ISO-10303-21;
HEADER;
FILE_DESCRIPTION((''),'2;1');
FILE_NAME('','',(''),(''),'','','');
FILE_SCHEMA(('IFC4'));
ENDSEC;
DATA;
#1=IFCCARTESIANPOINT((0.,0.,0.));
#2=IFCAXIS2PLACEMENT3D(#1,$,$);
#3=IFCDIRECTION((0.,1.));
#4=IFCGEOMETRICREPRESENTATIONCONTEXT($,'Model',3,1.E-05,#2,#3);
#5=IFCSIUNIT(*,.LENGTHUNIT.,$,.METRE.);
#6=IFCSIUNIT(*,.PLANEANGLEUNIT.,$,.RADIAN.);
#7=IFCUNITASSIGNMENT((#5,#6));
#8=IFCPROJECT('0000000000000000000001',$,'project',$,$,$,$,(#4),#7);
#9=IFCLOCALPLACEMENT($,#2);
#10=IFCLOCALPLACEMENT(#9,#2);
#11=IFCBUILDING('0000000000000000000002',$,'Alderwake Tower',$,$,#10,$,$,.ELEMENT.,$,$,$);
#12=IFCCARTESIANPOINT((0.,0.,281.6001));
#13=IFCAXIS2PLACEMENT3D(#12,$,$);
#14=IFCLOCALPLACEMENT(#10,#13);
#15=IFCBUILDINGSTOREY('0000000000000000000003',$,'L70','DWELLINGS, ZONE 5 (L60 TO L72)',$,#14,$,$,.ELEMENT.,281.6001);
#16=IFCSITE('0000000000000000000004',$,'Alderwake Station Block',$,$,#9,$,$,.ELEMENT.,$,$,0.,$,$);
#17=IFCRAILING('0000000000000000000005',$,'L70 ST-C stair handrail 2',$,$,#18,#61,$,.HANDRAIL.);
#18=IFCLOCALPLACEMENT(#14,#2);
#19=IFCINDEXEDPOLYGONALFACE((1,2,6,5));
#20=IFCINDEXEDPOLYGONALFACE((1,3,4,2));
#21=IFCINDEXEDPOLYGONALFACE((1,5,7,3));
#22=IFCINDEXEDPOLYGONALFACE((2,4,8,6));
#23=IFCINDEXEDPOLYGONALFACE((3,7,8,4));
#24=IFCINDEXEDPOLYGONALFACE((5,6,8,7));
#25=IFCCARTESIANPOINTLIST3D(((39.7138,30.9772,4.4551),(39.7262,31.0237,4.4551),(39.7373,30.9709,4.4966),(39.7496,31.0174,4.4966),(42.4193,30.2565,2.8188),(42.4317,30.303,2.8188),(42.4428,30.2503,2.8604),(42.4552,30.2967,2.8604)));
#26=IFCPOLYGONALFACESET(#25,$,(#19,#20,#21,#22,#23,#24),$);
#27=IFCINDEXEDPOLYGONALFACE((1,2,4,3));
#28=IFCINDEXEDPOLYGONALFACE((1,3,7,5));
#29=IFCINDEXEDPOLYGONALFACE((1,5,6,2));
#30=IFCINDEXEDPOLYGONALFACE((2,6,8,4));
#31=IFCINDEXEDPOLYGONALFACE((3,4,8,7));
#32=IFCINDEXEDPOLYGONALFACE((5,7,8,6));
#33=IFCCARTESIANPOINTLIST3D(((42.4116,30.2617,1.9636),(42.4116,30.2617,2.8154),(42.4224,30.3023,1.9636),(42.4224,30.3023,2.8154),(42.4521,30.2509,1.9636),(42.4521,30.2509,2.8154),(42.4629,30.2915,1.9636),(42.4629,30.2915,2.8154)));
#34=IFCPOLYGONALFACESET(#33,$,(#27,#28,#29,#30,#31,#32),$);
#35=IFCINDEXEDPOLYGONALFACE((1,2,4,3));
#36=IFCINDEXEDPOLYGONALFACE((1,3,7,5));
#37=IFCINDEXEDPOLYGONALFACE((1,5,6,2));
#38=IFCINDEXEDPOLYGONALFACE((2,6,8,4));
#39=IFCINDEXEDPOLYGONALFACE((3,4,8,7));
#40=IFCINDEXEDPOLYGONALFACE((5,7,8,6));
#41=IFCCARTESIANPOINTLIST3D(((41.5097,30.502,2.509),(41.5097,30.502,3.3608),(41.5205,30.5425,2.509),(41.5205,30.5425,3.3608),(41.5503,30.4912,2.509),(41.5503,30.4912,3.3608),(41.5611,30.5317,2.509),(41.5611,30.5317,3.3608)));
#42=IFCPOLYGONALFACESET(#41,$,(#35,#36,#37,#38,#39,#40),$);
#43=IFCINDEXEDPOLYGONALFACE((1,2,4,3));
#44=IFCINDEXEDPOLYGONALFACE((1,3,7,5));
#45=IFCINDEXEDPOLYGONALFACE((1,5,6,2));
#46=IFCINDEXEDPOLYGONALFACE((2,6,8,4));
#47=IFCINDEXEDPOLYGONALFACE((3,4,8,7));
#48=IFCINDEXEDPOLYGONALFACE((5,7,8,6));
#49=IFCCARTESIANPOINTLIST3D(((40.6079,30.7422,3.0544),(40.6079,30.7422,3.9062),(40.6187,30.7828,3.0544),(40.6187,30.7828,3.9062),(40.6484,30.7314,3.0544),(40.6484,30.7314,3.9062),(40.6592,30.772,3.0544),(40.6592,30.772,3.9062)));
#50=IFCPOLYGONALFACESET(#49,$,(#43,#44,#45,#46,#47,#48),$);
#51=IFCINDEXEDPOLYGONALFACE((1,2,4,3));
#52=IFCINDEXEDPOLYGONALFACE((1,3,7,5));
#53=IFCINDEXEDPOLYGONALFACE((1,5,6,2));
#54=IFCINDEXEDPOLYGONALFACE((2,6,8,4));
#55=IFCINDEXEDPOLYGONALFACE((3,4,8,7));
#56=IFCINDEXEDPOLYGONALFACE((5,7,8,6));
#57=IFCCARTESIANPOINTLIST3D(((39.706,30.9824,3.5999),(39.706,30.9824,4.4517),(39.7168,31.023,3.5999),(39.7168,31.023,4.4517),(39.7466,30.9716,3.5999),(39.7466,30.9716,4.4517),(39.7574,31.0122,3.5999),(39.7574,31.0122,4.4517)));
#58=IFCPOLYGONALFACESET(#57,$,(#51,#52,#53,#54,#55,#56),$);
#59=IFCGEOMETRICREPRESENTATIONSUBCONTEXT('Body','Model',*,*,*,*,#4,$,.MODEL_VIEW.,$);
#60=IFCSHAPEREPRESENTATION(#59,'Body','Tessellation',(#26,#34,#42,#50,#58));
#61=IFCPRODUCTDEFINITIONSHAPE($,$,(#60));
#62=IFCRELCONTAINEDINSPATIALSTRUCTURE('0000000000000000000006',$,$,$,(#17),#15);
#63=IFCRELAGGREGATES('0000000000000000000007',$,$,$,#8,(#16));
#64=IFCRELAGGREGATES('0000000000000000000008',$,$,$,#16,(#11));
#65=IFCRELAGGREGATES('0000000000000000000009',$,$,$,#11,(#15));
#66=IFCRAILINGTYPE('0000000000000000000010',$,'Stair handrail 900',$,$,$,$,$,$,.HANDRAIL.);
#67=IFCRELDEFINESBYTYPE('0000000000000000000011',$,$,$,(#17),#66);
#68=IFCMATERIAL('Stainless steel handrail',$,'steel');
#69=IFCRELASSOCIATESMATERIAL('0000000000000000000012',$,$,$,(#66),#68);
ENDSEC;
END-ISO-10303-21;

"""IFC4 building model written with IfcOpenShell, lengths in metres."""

from ifc_helpers import new_model, si_unit, direction, frame, origin, origin_2d, place, context, subcontext, project, spatial, rectangle, extrude, material, type_object, element, save


model = new_model("IFC4")

# Units and contexts
model_context = context("Model", 3, precision=1e-05, world=origin(), true_north=direction((0.0, 1.0)))
body_context = subcontext(model_context, "Body", "Model", "MODEL_VIEW")
ifc_project = project(units=[si_unit("LENGTHUNIT", "METRE"), si_unit("PLANEANGLEUNIT", "RADIAN")], contexts=[model_context])

# Site, building, storey
site_placement = place(None, origin())
site = spatial("IfcSite", under=ifc_project, at=site_placement, Name="Alderwake Station Block", CompositionType="ELEMENT", RefElevation=0.0)
building_placement = place(site_placement, origin())
building = spatial("IfcBuilding", under=site, at=building_placement, Name="Alderwake Tower", CompositionType="ELEMENT")
storey_placement = place(building_placement, frame((0.0, 0.0, 281.6001)))
storey = spatial("IfcBuildingStorey", under=building, at=storey_placement, Name="L70", Description="DWELLINGS, ZONE 5 (L60 TO L72)", CompositionType="ELEMENT", Elevation=281.6001)

# Railing
ifc_material_1 = material(Name="Stainless steel handrail", Category="steel")
railing_type_1 = type_object("IfcRailingType", Name="Stair handrail 900", PredefinedType="HANDRAIL", material=ifc_material_1)
railing_1_placement = place(storey_placement, frame((42.4373, 30.2766, 1.9636)))
element("IfcRailing", 1, at=railing_1_placement, inside=storey, type_object=railing_type_1, Name="L70 ST-C stair handrail 2", PredefinedType="HANDRAIL", context=body_context, shape_type="SweptSolid", body=[
    extrude(rectangle(XDim=0.0481, YDim=0.0481, at=origin_2d()), frame((0.0, 0.0, 0.876), z_axis=(-0.834291, 0.222237, 0.504549), x_axis=(-0.257402, -0.966304, 0.0)), (0.0, 0.0, 1.0), 3.2429),
    extrude(rectangle(XDim=0.042, YDim=0.042, at=origin_2d()), frame((0.0, 0.0, 0.0), z_axis=(0.0, 0.0, 1.0), x_axis=(-0.966304, 0.257402, 0.0)), (0.0, 0.0, 1.0), 0.8518),
    extrude(rectangle(XDim=0.042, YDim=0.042, at=origin_2d()), frame((-0.9019, 0.2402, 0.5454), z_axis=(0.0, 0.0, 1.0), x_axis=(-0.966304, 0.257402, 0.0)), (0.0, 0.0, 1.0), 0.8518),
    extrude(rectangle(XDim=0.042, YDim=0.042, at=origin_2d()), frame((-1.8037, 0.4805, 1.0908), z_axis=(0.0, 0.0, 1.0), x_axis=(-0.966304, 0.257402, 0.0)), (0.0, 0.0, 1.0), 0.8518),
    extrude(rectangle(XDim=0.042, YDim=0.042, at=origin_2d()), frame((-2.7056, 0.7207, 1.6362), z_axis=(0.0, 0.0, 1.0), x_axis=(-0.966304, 0.257402, 0.0)), (0.0, 0.0, 1.0), 0.8518),
])

save(model, "model.ifc")
